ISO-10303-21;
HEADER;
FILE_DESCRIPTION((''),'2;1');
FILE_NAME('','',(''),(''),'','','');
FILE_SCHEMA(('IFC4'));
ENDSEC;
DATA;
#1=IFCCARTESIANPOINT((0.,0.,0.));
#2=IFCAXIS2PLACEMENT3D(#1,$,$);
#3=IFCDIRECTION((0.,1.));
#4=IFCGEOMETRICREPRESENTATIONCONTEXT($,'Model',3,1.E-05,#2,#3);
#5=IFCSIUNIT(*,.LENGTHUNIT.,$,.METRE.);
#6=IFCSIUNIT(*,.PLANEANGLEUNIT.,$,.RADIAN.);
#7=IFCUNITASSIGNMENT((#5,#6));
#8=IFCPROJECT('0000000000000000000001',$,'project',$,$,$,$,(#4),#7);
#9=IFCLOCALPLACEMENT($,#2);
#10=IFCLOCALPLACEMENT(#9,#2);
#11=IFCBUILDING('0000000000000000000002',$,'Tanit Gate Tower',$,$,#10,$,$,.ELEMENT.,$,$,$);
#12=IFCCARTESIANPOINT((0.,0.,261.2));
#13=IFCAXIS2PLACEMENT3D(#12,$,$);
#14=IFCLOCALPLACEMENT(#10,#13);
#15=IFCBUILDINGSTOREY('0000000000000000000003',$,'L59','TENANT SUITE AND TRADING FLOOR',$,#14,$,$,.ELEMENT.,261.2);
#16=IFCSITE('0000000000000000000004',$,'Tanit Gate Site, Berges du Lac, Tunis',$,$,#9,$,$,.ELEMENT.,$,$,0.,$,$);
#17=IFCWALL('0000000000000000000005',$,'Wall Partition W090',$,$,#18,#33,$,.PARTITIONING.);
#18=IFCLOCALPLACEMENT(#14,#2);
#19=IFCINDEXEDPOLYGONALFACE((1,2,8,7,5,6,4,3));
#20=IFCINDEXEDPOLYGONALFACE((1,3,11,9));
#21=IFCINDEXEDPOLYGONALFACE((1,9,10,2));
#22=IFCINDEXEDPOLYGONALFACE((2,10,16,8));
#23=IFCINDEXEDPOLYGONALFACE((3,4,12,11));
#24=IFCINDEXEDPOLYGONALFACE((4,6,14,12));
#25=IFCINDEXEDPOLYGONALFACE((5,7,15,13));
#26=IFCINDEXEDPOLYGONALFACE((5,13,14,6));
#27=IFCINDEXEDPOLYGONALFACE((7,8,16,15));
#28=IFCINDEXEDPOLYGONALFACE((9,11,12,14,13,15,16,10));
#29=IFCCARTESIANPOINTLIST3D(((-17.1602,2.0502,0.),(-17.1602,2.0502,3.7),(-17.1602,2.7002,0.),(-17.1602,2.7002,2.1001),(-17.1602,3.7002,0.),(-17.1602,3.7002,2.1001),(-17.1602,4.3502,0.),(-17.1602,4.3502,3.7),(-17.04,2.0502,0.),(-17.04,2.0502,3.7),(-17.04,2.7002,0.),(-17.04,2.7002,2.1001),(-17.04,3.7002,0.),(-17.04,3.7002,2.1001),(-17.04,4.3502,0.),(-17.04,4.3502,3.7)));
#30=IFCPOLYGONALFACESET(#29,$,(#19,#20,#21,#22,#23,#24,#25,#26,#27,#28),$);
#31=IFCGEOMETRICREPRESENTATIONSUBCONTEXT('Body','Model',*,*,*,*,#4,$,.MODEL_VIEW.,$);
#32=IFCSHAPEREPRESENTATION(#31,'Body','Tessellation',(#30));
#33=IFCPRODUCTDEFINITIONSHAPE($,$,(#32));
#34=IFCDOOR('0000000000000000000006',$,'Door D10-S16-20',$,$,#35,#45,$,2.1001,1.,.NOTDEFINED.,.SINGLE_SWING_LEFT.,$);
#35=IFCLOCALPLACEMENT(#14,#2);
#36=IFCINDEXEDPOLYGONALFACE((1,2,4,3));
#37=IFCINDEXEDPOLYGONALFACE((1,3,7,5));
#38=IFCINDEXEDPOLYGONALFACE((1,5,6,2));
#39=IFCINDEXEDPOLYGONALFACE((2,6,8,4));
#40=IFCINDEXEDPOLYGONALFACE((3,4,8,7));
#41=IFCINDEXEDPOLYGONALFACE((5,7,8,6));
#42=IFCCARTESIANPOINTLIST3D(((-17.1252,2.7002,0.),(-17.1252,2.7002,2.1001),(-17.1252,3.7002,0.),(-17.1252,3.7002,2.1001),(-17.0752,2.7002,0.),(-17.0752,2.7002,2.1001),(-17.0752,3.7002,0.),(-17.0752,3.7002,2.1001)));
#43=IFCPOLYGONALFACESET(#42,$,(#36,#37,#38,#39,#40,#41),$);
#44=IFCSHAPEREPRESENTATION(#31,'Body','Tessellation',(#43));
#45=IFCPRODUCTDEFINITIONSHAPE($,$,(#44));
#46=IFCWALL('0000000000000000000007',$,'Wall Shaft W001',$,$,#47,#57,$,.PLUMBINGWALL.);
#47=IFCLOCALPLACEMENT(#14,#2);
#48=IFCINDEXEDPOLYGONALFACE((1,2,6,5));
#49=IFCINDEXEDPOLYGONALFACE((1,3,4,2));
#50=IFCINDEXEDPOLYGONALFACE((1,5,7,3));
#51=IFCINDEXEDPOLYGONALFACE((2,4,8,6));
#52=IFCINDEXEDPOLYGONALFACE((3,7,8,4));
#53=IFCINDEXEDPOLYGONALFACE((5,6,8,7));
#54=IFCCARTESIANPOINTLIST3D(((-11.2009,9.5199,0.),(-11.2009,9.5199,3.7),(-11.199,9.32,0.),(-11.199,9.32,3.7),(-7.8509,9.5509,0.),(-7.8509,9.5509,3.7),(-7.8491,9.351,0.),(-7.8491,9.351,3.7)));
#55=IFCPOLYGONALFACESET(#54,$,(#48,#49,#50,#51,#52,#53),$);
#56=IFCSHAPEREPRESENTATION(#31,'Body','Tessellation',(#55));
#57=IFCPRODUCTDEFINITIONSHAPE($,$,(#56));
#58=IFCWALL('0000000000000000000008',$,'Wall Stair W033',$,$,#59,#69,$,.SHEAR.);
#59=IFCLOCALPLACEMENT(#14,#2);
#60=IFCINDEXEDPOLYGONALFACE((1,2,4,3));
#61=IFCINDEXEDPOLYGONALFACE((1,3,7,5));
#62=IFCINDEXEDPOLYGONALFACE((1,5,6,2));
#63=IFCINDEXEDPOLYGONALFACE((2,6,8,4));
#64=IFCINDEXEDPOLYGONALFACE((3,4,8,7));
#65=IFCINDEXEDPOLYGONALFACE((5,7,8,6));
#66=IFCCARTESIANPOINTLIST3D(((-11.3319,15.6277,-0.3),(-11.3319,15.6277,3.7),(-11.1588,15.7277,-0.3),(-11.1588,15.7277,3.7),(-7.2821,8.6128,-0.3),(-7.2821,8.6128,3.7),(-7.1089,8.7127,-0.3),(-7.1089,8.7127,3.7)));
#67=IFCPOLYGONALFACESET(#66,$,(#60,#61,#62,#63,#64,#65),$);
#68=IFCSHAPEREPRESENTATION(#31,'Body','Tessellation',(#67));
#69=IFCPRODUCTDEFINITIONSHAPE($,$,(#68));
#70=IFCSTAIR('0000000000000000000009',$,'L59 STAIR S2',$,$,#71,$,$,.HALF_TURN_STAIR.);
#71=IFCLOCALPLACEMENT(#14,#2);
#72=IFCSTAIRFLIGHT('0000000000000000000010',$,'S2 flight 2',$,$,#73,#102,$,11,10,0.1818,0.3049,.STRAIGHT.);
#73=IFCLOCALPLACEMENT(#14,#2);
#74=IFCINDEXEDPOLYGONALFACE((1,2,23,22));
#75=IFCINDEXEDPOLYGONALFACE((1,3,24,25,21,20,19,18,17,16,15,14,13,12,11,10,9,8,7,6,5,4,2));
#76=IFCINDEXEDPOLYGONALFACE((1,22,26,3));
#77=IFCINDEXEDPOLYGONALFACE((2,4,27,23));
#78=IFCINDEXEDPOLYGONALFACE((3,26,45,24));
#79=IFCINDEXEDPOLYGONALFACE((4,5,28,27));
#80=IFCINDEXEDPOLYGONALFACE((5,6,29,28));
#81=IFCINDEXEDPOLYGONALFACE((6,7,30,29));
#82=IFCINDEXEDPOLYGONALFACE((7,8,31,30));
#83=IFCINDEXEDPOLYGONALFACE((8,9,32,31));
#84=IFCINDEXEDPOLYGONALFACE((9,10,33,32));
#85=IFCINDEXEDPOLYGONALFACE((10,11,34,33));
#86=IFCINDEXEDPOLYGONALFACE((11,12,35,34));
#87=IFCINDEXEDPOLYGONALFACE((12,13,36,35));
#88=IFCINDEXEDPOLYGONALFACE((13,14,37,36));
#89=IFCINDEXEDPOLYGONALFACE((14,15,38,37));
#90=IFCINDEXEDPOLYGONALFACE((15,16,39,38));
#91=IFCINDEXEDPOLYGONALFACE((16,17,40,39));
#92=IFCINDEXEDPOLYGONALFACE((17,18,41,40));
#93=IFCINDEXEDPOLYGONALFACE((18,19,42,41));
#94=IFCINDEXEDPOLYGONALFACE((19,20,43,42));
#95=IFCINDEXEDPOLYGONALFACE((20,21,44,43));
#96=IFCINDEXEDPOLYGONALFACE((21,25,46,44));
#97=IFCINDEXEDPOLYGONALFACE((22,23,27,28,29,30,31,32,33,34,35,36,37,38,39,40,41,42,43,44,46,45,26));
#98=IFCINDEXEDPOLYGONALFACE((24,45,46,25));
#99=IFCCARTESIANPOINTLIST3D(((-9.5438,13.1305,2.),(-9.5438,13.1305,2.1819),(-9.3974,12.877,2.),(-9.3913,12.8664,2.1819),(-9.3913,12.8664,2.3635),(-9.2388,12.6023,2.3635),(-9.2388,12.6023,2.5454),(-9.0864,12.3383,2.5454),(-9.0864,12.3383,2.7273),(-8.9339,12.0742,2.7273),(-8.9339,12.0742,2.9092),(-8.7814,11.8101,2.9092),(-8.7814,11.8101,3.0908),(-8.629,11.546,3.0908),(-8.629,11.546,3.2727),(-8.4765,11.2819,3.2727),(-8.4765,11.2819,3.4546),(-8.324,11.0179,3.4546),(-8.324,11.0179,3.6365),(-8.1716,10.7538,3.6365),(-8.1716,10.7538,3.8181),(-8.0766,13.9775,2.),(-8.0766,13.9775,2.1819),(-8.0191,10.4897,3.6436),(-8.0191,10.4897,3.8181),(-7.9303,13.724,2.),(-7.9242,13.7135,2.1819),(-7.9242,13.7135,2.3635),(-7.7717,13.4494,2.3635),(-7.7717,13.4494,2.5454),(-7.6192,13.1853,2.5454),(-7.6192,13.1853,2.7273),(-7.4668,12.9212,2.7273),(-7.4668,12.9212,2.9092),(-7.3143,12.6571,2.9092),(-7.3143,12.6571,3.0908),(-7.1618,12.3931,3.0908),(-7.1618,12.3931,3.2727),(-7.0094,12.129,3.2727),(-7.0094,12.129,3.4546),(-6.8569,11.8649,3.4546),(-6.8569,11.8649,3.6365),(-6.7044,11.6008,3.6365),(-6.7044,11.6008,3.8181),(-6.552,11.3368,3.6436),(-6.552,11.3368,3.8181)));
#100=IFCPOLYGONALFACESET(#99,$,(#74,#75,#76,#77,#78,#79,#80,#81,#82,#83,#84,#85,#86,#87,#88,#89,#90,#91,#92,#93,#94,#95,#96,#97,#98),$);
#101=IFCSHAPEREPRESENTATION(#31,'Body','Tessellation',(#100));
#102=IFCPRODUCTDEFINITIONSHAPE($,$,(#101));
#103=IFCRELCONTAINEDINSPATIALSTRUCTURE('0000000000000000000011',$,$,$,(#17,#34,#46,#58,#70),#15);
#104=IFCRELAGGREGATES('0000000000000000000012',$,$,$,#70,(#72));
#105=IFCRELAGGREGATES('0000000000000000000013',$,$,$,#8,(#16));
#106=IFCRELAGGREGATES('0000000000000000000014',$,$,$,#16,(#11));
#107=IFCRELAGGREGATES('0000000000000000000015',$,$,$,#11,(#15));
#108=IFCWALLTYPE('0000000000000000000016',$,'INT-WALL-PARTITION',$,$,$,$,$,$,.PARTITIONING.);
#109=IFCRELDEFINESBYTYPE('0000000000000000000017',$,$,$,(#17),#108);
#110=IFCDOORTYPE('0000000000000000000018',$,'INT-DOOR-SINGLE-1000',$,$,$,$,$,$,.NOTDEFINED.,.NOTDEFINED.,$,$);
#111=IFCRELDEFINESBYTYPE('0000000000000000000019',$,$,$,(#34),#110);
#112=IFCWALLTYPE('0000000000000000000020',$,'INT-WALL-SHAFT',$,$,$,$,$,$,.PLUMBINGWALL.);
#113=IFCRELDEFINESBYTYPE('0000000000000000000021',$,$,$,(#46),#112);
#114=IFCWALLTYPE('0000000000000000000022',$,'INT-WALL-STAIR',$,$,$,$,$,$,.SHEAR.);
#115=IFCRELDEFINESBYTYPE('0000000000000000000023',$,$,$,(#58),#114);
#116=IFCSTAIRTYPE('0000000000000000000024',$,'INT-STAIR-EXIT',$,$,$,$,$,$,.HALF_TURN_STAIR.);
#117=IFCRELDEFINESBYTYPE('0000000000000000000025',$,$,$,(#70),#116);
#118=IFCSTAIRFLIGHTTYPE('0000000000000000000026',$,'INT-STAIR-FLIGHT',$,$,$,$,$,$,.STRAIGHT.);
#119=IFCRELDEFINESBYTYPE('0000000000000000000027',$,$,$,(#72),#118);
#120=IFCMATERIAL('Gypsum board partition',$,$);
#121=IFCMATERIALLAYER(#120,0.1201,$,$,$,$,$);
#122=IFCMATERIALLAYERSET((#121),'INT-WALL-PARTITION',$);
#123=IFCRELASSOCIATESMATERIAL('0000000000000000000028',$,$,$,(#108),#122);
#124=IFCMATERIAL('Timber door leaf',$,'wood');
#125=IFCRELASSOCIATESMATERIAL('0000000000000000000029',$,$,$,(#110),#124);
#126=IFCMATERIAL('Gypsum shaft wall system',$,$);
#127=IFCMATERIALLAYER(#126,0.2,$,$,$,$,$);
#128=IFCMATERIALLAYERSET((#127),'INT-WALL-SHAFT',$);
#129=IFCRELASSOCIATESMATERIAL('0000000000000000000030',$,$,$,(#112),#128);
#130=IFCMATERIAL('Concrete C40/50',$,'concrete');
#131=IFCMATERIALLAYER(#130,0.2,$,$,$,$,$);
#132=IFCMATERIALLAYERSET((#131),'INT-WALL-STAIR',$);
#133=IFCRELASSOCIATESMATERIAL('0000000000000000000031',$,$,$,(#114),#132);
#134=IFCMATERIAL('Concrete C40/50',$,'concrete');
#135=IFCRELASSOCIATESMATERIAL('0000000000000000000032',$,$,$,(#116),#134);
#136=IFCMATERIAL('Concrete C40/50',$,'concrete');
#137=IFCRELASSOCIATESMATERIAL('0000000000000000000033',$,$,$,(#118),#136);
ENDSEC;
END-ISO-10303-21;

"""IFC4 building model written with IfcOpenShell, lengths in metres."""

from ifc_helpers import new_model, si_unit, direction, frame, frame_2d, origin, place, context, subcontext, project, spatial, polyline, rectangle, outline, extrude, material, layer, layer_set, type_object, element, fill, aggregate, save


model = new_model("IFC4")

# Units and contexts
model_context = context("Model", 3, precision=1e-05, world=origin(), true_north=direction((0.0, 1.0)))
body_context = subcontext(model_context, "Body", "Model", "MODEL_VIEW")
ifc_project = project(units=[si_unit("LENGTHUNIT", "METRE"), si_unit("PLANEANGLEUNIT", "RADIAN")], contexts=[model_context])

# Site, building, storey
site_placement = place(None, origin())
site = spatial("IfcSite", under=ifc_project, at=site_placement, Name="Tanit Gate Site, Berges du Lac, Tunis", CompositionType="ELEMENT", RefElevation=0.0)
building_placement = place(site_placement, origin())
building = spatial("IfcBuilding", under=site, at=building_placement, Name="Tanit Gate Tower", CompositionType="ELEMENT")
storey_placement = place(building_placement, frame((0.0, 0.0, 261.2)))
storey = spatial("IfcBuildingStorey", under=building, at=storey_placement, Name="L59", Description="TENANT SUITE AND TRADING FLOOR", CompositionType="ELEMENT", Elevation=261.2)

# Wall, opening, door
ifc_material_1 = material(Name="Gypsum board partition")
ifc_layer_1 = layer(ifc_material_1, 0.1201)
ifc_layer_set_1 = layer_set([ifc_layer_1], Name="INT-WALL-PARTITION")
wall_type_1 = type_object("IfcWallType", Name="INT-WALL-PARTITION", PredefinedType="PARTITIONING", material=ifc_layer_set_1)
ifc_material_2 = material(Name="Timber door leaf", Category="wood")
door_type_1 = type_object("IfcDoorType", Name="INT-DOOR-SINGLE-1000", OperationType="NOTDEFINED", PredefinedType="NOTDEFINED", material=ifc_material_2)
wall_1_placement = place(storey_placement, frame((-17.1001, 4.3501, 0.0), z_axis=(0.0, 0.0, 1.0), x_axis=(0.0, -1.0, 0.0)))
wall_1 = element("IfcWall", 1, at=wall_1_placement, inside=storey, type_object=wall_type_1, Name="Wall Partition W090", PredefinedType="PARTITIONING", context=body_context, shape_type="SweptSolid", body=[
    extrude(rectangle(XDim=2.3, YDim=0.1201, at=frame_2d((1.1499, 0.0))), origin(), (0.0, 0.0, 1.0), 3.7),
])
opening_1_placement = place(wall_1_placement, frame((0.6499, 0.0, 0.0)))
opening_1 = element("IfcOpeningElement", 2, at=opening_1_placement, cuts=wall_1, PredefinedType="OPENING", context=body_context, shape_type="SweptSolid", body=[
    extrude(rectangle(XDim=1.0, YDim=2.1001, at=frame_2d((0.5, 1.05))), frame((0.0, 0.0701, 0.0), z_axis=(0.0, -1.0, 0.0), x_axis=(1.0, 0.0, 0.0)), (0.0, 0.0, 1.0), 0.1401),
])
door_1_placement = place(opening_1_placement, origin())
door_1 = element("IfcDoor", 3, at=door_1_placement, inside=storey, type_object=door_type_1, Name="Door D10-S16-20", OperationType="SINGLE_SWING_LEFT", OverallHeight=2.1001, OverallWidth=1.0, PredefinedType="NOTDEFINED", context=body_context, shape_type="SweptSolid", body=[
    extrude(rectangle(XDim=1.0, YDim=2.1001, at=frame_2d((0.5, 1.05))), frame((0.0, 0.0249, 0.0), z_axis=(0.0, -1.0, 0.0), x_axis=(1.0, 0.0, 0.0)), (0.0, 0.0, 1.0), 0.05),
])
fill(opening_1, door_1)

# Walls
ifc_material_3 = material(Name="Gypsum shaft wall system")
ifc_layer_2 = layer(ifc_material_3, 0.2)
ifc_layer_set_2 = layer_set([ifc_layer_2], Name="INT-WALL-SHAFT")
wall_type_2 = type_object("IfcWallType", Name="INT-WALL-SHAFT", PredefinedType="PLUMBINGWALL", material=ifc_layer_set_2)
wall_2_placement = place(storey_placement, frame((-11.2, 9.4199, 0.0), z_axis=(0.0, 0.0, 1.0), x_axis=(0.999957, 0.009255, 0.0)))
element("IfcWall", 4, at=wall_2_placement, inside=storey, type_object=wall_type_2, Name="Wall Shaft W001", PredefinedType="PLUMBINGWALL", context=body_context, shape_type="SweptSolid", body=[
    extrude(rectangle(XDim=3.3501, YDim=0.2, at=frame_2d((1.675, 0.0))), origin(), (0.0, 0.0, 1.0), 3.7),
])
ifc_material_4 = material(Name="Concrete C40/50", Category="concrete")
ifc_layer_3 = layer(ifc_material_4, 0.2)
ifc_layer_set_3 = layer_set([ifc_layer_3], Name="INT-WALL-STAIR")
wall_type_3 = type_object("IfcWallType", Name="INT-WALL-STAIR", PredefinedType="SHEAR", material=ifc_layer_set_3)
wall_3_placement = place(storey_placement, frame((-11.2454, 15.6777, -0.3), z_axis=(0.0, 0.0, 1.0), x_axis=(0.499977, -0.866039, 0.0)))
element("IfcWall", 5, at=wall_3_placement, inside=storey, type_object=wall_type_3, Name="Wall Stair W033", PredefinedType="SHEAR", context=body_context, shape_type="SweptSolid", body=[
    extrude(rectangle(XDim=8.1001, YDim=0.2, at=frame_2d((4.05, 0.0))), origin(), (0.0, 0.0, 1.0), 4.0),
])

# Stair, stair flight
ifc_material_5 = material(Name="Concrete C40/50", Category="concrete")
stair_type = type_object("IfcStairType", Name="INT-STAIR-EXIT", PredefinedType="HALF_TURN_STAIR", material=ifc_material_5)
stair_placement = place(storey_placement, origin())
stair = element("IfcStair", 6, at=stair_placement, inside=storey, type_object=stair_type, Name="L59 STAIR S2", PredefinedType="HALF_TURN_STAIR")
ifc_material_6 = material(Name="Concrete C40/50", Category="concrete")
stair_flight_type = type_object("IfcStairFlightType", Name="INT-STAIR-FLIGHT", PredefinedType="STRAIGHT", material=ifc_material_6)
stair_flight_placement = place(storey_placement, frame((-8.8103, 13.554, 2.0), z_axis=(0.0, 0.0, 1.0), x_axis=(0.5, -0.866025, 0.0)))
stair_flight = element("IfcStairFlight", 7, at=stair_flight_placement, type_object=stair_flight_type, Name="S2 flight 2", NumberOfRisers=11, NumberOfTreads=10, PredefinedType="STRAIGHT", RiserHeight=0.1818, TreadLength=0.3049, context=body_context, shape_type="SweptSolid", body=[
    extrude(outline(polyline([(0.0, 0.0), (0.0, 0.1819), (0.3049, 0.1819), (0.3049, 0.3635), (0.6099, 0.3635), (0.6099, 0.5454), (0.9148, 0.5454), (0.9148, 0.7273), (1.2197, 0.7273), (1.2197, 0.9092), (1.5247, 0.9092), (1.5247, 1.0908), (1.8296, 1.0908), (1.8296, 1.2727), (2.1345, 1.2727), (2.1345, 1.4546), (2.4395, 1.4546), (2.4395, 1.6365), (2.7444, 1.6365), (2.7444, 1.8181), (3.0493, 1.8181), (3.0493, 2.0), (3.0493, 1.6436), (0.2927, 0.0), (0.0, 0.0)])), frame((0.0, 0.8472, 0.0), z_axis=(0.0, -1.0, 0.0), x_axis=(1.0, 0.0, 0.0)), (0.0, 0.0, 1.0), 1.6941),
])
aggregate(stair, [stair_flight])

save(model, "model.ifc")
